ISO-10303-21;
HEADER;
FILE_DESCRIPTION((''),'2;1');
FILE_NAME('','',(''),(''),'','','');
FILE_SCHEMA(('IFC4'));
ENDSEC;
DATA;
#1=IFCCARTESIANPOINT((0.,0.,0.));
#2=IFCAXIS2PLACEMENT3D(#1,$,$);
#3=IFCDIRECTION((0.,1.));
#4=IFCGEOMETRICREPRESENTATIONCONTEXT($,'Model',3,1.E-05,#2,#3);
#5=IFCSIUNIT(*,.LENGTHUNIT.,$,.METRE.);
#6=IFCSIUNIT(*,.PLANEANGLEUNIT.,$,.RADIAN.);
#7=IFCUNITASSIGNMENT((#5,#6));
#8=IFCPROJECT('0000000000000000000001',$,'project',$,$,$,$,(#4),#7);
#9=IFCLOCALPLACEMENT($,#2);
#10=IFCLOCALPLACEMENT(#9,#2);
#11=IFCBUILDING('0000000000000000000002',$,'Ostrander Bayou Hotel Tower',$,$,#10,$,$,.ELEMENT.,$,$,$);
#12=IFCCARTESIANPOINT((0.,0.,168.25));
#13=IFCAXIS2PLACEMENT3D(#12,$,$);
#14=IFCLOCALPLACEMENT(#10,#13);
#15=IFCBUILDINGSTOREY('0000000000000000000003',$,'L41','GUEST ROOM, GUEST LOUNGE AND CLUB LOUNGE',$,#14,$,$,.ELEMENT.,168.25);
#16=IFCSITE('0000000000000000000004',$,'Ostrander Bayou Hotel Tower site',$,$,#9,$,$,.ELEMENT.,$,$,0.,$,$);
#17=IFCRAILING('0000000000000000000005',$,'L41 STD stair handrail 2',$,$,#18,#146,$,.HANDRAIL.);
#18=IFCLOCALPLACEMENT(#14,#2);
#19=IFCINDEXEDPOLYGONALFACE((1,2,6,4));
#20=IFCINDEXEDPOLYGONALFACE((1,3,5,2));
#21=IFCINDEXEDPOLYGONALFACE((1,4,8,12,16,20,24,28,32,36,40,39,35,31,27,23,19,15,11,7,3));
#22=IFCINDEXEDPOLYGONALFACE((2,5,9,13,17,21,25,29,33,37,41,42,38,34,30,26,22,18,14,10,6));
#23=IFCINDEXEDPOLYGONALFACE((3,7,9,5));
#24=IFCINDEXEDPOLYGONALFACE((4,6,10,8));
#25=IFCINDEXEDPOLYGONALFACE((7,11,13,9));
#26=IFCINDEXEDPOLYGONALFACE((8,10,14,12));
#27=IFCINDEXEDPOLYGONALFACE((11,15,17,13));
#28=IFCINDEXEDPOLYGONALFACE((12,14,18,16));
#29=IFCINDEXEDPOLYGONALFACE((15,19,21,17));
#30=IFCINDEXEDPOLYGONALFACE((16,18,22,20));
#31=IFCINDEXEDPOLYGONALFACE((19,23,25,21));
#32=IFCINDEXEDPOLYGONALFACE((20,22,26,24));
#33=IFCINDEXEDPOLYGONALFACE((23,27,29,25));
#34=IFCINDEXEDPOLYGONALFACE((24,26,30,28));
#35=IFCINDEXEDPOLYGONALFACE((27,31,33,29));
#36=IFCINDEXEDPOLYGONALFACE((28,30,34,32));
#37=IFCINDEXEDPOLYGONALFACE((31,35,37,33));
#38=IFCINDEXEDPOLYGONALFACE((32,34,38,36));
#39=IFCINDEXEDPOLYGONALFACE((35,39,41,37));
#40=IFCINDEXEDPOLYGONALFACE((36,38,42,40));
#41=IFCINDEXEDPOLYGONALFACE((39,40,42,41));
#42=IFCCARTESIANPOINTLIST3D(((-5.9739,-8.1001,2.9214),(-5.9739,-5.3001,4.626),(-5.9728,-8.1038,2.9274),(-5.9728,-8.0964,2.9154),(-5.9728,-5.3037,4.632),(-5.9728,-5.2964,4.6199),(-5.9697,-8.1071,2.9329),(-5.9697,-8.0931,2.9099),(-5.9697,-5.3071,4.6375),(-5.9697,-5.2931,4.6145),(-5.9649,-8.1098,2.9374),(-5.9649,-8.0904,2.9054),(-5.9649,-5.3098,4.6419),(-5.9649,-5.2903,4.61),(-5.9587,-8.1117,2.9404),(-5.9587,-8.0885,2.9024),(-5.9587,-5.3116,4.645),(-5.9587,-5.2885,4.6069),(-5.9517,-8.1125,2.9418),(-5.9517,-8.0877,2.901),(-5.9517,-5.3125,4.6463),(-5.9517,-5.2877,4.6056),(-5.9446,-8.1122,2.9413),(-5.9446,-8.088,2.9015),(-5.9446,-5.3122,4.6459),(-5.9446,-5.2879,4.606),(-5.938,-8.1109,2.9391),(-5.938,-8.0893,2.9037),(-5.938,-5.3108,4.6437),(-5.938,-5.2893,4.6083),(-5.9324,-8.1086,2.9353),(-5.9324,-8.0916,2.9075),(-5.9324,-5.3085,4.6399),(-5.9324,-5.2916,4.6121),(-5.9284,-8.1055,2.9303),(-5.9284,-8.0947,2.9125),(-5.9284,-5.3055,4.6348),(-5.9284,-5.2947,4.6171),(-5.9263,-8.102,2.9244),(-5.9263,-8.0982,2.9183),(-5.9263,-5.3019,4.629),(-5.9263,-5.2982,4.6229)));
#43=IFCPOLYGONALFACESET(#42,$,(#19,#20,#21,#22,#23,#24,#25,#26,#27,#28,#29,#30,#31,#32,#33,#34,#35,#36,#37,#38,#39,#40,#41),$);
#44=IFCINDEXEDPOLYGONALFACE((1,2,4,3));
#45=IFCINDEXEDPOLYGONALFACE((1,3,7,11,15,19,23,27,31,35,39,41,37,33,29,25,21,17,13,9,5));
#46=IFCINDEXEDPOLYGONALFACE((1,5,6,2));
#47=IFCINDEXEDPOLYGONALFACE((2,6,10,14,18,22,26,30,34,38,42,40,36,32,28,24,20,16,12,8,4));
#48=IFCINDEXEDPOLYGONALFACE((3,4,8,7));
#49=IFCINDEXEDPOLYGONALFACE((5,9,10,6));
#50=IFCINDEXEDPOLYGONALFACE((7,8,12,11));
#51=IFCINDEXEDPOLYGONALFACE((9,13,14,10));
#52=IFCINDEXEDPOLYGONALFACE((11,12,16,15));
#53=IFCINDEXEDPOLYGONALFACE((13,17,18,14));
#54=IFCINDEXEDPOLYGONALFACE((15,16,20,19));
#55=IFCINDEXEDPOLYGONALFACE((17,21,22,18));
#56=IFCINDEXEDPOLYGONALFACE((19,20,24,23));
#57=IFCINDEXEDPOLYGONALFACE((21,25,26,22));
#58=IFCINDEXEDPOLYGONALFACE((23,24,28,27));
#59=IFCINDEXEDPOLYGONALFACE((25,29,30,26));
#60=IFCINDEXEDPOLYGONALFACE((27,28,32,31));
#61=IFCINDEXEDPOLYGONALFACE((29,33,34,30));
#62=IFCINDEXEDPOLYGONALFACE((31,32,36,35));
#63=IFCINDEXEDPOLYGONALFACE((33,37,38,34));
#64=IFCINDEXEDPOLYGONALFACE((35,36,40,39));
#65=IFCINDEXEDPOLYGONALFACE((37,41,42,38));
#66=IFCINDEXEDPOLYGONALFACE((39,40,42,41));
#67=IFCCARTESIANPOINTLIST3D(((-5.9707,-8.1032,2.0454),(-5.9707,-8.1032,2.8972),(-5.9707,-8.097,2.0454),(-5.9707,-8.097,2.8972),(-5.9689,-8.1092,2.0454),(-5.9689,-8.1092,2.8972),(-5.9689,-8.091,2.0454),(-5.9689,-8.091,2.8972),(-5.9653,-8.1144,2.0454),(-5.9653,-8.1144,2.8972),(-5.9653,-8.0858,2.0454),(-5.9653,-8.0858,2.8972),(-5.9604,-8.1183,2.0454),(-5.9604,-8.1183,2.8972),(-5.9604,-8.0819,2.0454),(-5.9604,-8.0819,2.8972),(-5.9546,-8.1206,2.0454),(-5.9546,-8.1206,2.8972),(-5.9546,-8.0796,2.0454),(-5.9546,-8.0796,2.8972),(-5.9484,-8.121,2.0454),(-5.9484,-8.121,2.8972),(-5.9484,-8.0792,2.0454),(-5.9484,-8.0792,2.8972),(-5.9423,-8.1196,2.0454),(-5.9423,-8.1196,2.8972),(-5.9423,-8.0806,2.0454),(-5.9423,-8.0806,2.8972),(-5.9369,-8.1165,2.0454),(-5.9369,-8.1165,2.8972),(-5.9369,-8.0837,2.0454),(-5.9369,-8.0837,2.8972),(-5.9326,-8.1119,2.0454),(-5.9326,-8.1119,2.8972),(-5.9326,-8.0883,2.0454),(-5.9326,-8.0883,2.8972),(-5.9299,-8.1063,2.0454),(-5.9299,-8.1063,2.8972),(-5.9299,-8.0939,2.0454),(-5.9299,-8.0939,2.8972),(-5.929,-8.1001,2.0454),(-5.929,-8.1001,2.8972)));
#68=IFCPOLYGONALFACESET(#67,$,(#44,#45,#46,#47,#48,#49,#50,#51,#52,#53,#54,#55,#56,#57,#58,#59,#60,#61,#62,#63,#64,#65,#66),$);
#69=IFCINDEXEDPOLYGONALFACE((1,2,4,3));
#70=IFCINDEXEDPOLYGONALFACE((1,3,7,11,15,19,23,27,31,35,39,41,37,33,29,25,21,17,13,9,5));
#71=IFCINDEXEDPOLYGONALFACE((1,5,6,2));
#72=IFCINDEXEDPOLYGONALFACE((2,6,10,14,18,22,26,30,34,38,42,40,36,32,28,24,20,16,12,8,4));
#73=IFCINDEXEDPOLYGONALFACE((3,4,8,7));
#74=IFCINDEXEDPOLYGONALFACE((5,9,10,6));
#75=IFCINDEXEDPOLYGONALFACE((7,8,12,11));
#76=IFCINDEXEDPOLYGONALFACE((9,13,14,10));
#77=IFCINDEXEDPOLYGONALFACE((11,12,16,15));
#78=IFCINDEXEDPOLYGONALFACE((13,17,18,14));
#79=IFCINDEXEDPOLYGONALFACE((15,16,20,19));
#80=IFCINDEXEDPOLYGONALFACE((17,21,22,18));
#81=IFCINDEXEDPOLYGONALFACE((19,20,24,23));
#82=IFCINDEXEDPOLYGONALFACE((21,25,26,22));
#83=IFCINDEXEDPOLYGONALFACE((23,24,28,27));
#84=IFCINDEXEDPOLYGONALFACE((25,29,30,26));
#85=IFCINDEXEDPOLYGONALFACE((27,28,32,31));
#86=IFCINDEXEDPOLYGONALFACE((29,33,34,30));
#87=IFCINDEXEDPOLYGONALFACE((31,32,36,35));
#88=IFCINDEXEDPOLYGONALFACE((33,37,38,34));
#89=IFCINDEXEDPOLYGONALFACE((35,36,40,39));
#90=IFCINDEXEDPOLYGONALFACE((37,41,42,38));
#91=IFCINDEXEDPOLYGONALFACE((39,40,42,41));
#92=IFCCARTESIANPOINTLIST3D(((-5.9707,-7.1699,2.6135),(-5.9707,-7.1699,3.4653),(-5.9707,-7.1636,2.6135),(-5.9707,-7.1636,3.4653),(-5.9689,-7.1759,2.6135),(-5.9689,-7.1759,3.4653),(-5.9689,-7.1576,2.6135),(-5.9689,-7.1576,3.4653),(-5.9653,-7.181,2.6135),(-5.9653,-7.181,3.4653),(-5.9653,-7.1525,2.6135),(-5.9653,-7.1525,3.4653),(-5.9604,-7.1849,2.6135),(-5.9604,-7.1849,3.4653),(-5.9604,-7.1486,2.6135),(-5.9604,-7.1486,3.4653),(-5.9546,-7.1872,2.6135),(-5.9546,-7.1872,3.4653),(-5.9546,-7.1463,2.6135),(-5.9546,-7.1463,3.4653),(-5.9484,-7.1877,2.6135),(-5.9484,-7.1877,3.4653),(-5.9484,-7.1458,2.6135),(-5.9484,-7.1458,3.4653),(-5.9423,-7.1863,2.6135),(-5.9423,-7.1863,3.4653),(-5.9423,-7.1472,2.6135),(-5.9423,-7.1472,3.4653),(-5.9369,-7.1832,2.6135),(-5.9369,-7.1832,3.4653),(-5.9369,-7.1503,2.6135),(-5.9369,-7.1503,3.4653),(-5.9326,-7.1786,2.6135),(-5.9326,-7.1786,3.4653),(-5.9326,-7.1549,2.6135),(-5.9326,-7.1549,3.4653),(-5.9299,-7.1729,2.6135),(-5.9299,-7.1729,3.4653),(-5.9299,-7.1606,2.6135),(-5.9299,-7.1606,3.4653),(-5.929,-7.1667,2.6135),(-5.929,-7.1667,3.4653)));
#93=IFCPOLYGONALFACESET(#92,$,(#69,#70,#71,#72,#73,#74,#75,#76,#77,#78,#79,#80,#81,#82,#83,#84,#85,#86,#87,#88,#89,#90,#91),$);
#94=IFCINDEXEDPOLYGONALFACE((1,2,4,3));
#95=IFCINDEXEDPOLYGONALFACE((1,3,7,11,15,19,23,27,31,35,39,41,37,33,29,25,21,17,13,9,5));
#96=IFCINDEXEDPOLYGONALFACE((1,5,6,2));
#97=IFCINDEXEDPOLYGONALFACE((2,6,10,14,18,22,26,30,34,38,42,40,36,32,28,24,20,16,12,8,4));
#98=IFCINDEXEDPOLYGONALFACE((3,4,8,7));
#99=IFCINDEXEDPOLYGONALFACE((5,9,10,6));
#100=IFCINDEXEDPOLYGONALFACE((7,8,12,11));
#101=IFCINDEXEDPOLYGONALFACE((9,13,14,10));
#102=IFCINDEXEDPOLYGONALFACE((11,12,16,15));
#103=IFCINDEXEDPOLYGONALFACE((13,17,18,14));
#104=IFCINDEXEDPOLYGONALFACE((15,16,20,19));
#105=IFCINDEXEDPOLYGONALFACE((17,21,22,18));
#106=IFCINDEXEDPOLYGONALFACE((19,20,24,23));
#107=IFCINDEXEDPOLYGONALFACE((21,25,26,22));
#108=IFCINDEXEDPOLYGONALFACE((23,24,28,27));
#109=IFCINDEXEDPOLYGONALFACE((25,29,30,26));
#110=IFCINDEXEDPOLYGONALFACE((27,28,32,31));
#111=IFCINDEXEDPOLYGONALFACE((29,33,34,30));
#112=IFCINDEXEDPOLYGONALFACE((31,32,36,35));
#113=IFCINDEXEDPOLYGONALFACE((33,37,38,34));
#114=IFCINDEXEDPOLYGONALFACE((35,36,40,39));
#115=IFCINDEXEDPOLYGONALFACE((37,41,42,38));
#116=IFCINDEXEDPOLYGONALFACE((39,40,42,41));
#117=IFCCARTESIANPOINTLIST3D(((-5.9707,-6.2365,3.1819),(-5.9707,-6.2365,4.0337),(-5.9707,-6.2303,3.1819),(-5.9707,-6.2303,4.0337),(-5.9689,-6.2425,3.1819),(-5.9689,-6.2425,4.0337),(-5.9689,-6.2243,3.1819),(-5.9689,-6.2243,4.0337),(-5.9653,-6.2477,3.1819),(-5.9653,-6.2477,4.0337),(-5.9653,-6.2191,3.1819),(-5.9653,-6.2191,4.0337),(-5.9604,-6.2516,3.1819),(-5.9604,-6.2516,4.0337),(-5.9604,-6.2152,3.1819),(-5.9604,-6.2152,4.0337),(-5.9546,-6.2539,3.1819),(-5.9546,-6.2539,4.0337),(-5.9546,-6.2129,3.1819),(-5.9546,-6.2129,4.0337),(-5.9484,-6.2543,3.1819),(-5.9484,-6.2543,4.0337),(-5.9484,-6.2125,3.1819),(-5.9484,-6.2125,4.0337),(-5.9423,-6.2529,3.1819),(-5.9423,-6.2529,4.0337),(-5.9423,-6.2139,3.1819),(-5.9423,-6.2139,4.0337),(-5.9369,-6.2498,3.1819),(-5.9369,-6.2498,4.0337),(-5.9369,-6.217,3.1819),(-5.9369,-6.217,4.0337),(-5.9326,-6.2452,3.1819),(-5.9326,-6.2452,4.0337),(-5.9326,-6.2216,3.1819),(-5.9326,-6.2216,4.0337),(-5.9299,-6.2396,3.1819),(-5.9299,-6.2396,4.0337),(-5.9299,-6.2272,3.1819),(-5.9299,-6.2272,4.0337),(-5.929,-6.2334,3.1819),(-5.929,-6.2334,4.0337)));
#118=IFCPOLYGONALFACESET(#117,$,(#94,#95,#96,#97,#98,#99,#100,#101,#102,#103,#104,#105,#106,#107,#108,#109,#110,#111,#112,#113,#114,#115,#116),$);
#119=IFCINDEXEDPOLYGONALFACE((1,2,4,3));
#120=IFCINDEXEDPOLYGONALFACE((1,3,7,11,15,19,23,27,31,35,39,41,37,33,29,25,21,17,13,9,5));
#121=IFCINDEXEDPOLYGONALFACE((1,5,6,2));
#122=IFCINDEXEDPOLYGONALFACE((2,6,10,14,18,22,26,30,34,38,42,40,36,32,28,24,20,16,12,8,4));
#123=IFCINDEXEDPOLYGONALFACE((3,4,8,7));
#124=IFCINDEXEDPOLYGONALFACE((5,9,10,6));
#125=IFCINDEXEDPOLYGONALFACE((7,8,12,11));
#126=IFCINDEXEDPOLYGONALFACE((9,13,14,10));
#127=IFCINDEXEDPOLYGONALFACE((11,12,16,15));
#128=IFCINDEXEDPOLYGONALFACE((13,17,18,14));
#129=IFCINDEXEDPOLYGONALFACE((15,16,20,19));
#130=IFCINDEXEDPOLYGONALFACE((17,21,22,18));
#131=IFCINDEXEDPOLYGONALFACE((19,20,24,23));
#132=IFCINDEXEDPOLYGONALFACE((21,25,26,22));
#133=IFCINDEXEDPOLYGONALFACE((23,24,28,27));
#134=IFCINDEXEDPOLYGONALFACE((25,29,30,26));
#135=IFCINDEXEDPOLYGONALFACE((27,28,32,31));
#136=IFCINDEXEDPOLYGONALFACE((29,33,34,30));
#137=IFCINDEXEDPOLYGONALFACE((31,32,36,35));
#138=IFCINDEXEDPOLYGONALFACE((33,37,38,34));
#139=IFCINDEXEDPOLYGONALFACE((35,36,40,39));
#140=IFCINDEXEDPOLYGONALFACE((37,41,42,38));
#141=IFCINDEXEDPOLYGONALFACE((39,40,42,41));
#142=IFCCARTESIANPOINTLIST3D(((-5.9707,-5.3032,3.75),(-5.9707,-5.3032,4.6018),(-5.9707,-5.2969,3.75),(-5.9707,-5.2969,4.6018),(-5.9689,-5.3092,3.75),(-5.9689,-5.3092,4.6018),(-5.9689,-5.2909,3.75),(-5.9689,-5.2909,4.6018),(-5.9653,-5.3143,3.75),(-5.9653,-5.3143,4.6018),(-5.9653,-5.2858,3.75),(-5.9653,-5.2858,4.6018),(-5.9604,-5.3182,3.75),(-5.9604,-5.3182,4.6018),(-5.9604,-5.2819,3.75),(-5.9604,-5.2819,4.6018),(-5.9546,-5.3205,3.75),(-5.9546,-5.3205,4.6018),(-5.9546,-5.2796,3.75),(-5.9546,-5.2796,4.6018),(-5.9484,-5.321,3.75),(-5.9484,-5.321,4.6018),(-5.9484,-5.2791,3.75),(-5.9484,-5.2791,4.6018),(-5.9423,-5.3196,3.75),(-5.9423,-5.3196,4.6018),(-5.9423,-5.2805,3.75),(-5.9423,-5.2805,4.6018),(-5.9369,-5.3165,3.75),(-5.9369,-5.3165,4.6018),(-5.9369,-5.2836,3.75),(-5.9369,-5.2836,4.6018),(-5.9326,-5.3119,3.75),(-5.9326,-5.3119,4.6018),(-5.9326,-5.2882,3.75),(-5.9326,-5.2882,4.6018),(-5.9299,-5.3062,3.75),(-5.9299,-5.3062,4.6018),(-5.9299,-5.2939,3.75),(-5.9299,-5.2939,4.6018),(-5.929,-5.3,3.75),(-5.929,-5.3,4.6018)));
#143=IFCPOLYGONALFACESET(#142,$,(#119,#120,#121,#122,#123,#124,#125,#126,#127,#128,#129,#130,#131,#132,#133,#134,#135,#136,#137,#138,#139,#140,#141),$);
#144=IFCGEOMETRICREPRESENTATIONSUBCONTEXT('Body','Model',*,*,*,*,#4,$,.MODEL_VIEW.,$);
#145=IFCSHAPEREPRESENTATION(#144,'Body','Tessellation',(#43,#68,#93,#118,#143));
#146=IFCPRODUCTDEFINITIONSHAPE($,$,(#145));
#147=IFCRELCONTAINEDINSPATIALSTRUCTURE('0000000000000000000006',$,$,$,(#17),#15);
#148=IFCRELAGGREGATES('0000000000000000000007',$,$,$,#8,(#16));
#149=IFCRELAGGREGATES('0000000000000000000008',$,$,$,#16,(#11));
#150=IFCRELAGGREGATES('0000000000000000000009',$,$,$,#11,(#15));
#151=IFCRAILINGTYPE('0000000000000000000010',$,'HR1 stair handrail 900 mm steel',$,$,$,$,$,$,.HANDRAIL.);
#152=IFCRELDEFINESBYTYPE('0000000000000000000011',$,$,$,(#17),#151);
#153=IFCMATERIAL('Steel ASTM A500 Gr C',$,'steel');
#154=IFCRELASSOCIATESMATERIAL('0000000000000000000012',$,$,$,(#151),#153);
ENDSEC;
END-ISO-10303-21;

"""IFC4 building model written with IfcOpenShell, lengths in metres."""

from ifc_helpers import new_model, si_unit, direction, frame, origin, origin_2d, place, context, subcontext, project, spatial, circle, extrude, material, type_object, element, save


model = new_model("IFC4")

# Units and contexts
model_context = context("Model", 3, precision=1e-05, world=origin(), true_north=direction((0.0, 1.0)))
body_context = subcontext(model_context, "Body", "Model", "MODEL_VIEW")
ifc_project = project(units=[si_unit("LENGTHUNIT", "METRE"), si_unit("PLANEANGLEUNIT", "RADIAN")], contexts=[model_context])

# Site, building, storey
site_placement = place(None, origin())
site = spatial("IfcSite", under=ifc_project, at=site_placement, Name="Ostrander Bayou Hotel Tower site", CompositionType="ELEMENT", RefElevation=0.0)
building_placement = place(site_placement, origin())
building = spatial("IfcBuilding", under=site, at=building_placement, Name="Ostrander Bayou Hotel Tower", CompositionType="ELEMENT")
storey_placement = place(building_placement, frame((0.0, 0.0, 168.25)))
storey = spatial("IfcBuildingStorey", under=building, at=storey_placement, Name="L41", Description="GUEST ROOM, GUEST LOUNGE AND CLUB LOUNGE", CompositionType="ELEMENT", Elevation=168.25)

# Railing
ifc_material_1 = material(Name="Steel ASTM A500 Gr C", Category="steel")
railing_type_1 = type_object("IfcRailingType", Name="HR1 stair handrail 900 mm steel", PredefinedType="HANDRAIL", material=ifc_material_1)
railing_1_placement = place(storey_placement, frame((-5.95, -8.1001, 2.0454)))
element("IfcRailing", 1, at=railing_1_placement, inside=storey, type_object=railing_type_1, Name="L41 STD stair handrail 2", PredefinedType="HANDRAIL", context=body_context, shape_type="SweptSolid", body=[
    extrude(circle(Radius=0.0239, at=origin_2d()), frame((0.0, 0.0, 0.876), z_axis=(0.0, 0.85417, 0.519994), x_axis=(-1.0, 0.0, 0.0)), (0.0, 0.0, 1.0), 3.2781),
    extrude(circle(Radius=0.021, at=origin_2d()), origin(), (0.0, 0.0, 1.0), 0.8518),
    extrude(circle(Radius=0.021, at=origin_2d()), frame((0.0, 0.9333, 0.5681)), (0.0, 0.0, 1.0), 0.8518),
    extrude(circle(Radius=0.021, at=origin_2d()), frame((0.0, 1.8667, 1.1365)), (0.0, 0.0, 1.0), 0.8518),
    extrude(circle(Radius=0.021, at=origin_2d()), frame((0.0, 2.8, 1.7046)), (0.0, 0.0, 1.0), 0.8518),
])

save(model, "model.ifc")
